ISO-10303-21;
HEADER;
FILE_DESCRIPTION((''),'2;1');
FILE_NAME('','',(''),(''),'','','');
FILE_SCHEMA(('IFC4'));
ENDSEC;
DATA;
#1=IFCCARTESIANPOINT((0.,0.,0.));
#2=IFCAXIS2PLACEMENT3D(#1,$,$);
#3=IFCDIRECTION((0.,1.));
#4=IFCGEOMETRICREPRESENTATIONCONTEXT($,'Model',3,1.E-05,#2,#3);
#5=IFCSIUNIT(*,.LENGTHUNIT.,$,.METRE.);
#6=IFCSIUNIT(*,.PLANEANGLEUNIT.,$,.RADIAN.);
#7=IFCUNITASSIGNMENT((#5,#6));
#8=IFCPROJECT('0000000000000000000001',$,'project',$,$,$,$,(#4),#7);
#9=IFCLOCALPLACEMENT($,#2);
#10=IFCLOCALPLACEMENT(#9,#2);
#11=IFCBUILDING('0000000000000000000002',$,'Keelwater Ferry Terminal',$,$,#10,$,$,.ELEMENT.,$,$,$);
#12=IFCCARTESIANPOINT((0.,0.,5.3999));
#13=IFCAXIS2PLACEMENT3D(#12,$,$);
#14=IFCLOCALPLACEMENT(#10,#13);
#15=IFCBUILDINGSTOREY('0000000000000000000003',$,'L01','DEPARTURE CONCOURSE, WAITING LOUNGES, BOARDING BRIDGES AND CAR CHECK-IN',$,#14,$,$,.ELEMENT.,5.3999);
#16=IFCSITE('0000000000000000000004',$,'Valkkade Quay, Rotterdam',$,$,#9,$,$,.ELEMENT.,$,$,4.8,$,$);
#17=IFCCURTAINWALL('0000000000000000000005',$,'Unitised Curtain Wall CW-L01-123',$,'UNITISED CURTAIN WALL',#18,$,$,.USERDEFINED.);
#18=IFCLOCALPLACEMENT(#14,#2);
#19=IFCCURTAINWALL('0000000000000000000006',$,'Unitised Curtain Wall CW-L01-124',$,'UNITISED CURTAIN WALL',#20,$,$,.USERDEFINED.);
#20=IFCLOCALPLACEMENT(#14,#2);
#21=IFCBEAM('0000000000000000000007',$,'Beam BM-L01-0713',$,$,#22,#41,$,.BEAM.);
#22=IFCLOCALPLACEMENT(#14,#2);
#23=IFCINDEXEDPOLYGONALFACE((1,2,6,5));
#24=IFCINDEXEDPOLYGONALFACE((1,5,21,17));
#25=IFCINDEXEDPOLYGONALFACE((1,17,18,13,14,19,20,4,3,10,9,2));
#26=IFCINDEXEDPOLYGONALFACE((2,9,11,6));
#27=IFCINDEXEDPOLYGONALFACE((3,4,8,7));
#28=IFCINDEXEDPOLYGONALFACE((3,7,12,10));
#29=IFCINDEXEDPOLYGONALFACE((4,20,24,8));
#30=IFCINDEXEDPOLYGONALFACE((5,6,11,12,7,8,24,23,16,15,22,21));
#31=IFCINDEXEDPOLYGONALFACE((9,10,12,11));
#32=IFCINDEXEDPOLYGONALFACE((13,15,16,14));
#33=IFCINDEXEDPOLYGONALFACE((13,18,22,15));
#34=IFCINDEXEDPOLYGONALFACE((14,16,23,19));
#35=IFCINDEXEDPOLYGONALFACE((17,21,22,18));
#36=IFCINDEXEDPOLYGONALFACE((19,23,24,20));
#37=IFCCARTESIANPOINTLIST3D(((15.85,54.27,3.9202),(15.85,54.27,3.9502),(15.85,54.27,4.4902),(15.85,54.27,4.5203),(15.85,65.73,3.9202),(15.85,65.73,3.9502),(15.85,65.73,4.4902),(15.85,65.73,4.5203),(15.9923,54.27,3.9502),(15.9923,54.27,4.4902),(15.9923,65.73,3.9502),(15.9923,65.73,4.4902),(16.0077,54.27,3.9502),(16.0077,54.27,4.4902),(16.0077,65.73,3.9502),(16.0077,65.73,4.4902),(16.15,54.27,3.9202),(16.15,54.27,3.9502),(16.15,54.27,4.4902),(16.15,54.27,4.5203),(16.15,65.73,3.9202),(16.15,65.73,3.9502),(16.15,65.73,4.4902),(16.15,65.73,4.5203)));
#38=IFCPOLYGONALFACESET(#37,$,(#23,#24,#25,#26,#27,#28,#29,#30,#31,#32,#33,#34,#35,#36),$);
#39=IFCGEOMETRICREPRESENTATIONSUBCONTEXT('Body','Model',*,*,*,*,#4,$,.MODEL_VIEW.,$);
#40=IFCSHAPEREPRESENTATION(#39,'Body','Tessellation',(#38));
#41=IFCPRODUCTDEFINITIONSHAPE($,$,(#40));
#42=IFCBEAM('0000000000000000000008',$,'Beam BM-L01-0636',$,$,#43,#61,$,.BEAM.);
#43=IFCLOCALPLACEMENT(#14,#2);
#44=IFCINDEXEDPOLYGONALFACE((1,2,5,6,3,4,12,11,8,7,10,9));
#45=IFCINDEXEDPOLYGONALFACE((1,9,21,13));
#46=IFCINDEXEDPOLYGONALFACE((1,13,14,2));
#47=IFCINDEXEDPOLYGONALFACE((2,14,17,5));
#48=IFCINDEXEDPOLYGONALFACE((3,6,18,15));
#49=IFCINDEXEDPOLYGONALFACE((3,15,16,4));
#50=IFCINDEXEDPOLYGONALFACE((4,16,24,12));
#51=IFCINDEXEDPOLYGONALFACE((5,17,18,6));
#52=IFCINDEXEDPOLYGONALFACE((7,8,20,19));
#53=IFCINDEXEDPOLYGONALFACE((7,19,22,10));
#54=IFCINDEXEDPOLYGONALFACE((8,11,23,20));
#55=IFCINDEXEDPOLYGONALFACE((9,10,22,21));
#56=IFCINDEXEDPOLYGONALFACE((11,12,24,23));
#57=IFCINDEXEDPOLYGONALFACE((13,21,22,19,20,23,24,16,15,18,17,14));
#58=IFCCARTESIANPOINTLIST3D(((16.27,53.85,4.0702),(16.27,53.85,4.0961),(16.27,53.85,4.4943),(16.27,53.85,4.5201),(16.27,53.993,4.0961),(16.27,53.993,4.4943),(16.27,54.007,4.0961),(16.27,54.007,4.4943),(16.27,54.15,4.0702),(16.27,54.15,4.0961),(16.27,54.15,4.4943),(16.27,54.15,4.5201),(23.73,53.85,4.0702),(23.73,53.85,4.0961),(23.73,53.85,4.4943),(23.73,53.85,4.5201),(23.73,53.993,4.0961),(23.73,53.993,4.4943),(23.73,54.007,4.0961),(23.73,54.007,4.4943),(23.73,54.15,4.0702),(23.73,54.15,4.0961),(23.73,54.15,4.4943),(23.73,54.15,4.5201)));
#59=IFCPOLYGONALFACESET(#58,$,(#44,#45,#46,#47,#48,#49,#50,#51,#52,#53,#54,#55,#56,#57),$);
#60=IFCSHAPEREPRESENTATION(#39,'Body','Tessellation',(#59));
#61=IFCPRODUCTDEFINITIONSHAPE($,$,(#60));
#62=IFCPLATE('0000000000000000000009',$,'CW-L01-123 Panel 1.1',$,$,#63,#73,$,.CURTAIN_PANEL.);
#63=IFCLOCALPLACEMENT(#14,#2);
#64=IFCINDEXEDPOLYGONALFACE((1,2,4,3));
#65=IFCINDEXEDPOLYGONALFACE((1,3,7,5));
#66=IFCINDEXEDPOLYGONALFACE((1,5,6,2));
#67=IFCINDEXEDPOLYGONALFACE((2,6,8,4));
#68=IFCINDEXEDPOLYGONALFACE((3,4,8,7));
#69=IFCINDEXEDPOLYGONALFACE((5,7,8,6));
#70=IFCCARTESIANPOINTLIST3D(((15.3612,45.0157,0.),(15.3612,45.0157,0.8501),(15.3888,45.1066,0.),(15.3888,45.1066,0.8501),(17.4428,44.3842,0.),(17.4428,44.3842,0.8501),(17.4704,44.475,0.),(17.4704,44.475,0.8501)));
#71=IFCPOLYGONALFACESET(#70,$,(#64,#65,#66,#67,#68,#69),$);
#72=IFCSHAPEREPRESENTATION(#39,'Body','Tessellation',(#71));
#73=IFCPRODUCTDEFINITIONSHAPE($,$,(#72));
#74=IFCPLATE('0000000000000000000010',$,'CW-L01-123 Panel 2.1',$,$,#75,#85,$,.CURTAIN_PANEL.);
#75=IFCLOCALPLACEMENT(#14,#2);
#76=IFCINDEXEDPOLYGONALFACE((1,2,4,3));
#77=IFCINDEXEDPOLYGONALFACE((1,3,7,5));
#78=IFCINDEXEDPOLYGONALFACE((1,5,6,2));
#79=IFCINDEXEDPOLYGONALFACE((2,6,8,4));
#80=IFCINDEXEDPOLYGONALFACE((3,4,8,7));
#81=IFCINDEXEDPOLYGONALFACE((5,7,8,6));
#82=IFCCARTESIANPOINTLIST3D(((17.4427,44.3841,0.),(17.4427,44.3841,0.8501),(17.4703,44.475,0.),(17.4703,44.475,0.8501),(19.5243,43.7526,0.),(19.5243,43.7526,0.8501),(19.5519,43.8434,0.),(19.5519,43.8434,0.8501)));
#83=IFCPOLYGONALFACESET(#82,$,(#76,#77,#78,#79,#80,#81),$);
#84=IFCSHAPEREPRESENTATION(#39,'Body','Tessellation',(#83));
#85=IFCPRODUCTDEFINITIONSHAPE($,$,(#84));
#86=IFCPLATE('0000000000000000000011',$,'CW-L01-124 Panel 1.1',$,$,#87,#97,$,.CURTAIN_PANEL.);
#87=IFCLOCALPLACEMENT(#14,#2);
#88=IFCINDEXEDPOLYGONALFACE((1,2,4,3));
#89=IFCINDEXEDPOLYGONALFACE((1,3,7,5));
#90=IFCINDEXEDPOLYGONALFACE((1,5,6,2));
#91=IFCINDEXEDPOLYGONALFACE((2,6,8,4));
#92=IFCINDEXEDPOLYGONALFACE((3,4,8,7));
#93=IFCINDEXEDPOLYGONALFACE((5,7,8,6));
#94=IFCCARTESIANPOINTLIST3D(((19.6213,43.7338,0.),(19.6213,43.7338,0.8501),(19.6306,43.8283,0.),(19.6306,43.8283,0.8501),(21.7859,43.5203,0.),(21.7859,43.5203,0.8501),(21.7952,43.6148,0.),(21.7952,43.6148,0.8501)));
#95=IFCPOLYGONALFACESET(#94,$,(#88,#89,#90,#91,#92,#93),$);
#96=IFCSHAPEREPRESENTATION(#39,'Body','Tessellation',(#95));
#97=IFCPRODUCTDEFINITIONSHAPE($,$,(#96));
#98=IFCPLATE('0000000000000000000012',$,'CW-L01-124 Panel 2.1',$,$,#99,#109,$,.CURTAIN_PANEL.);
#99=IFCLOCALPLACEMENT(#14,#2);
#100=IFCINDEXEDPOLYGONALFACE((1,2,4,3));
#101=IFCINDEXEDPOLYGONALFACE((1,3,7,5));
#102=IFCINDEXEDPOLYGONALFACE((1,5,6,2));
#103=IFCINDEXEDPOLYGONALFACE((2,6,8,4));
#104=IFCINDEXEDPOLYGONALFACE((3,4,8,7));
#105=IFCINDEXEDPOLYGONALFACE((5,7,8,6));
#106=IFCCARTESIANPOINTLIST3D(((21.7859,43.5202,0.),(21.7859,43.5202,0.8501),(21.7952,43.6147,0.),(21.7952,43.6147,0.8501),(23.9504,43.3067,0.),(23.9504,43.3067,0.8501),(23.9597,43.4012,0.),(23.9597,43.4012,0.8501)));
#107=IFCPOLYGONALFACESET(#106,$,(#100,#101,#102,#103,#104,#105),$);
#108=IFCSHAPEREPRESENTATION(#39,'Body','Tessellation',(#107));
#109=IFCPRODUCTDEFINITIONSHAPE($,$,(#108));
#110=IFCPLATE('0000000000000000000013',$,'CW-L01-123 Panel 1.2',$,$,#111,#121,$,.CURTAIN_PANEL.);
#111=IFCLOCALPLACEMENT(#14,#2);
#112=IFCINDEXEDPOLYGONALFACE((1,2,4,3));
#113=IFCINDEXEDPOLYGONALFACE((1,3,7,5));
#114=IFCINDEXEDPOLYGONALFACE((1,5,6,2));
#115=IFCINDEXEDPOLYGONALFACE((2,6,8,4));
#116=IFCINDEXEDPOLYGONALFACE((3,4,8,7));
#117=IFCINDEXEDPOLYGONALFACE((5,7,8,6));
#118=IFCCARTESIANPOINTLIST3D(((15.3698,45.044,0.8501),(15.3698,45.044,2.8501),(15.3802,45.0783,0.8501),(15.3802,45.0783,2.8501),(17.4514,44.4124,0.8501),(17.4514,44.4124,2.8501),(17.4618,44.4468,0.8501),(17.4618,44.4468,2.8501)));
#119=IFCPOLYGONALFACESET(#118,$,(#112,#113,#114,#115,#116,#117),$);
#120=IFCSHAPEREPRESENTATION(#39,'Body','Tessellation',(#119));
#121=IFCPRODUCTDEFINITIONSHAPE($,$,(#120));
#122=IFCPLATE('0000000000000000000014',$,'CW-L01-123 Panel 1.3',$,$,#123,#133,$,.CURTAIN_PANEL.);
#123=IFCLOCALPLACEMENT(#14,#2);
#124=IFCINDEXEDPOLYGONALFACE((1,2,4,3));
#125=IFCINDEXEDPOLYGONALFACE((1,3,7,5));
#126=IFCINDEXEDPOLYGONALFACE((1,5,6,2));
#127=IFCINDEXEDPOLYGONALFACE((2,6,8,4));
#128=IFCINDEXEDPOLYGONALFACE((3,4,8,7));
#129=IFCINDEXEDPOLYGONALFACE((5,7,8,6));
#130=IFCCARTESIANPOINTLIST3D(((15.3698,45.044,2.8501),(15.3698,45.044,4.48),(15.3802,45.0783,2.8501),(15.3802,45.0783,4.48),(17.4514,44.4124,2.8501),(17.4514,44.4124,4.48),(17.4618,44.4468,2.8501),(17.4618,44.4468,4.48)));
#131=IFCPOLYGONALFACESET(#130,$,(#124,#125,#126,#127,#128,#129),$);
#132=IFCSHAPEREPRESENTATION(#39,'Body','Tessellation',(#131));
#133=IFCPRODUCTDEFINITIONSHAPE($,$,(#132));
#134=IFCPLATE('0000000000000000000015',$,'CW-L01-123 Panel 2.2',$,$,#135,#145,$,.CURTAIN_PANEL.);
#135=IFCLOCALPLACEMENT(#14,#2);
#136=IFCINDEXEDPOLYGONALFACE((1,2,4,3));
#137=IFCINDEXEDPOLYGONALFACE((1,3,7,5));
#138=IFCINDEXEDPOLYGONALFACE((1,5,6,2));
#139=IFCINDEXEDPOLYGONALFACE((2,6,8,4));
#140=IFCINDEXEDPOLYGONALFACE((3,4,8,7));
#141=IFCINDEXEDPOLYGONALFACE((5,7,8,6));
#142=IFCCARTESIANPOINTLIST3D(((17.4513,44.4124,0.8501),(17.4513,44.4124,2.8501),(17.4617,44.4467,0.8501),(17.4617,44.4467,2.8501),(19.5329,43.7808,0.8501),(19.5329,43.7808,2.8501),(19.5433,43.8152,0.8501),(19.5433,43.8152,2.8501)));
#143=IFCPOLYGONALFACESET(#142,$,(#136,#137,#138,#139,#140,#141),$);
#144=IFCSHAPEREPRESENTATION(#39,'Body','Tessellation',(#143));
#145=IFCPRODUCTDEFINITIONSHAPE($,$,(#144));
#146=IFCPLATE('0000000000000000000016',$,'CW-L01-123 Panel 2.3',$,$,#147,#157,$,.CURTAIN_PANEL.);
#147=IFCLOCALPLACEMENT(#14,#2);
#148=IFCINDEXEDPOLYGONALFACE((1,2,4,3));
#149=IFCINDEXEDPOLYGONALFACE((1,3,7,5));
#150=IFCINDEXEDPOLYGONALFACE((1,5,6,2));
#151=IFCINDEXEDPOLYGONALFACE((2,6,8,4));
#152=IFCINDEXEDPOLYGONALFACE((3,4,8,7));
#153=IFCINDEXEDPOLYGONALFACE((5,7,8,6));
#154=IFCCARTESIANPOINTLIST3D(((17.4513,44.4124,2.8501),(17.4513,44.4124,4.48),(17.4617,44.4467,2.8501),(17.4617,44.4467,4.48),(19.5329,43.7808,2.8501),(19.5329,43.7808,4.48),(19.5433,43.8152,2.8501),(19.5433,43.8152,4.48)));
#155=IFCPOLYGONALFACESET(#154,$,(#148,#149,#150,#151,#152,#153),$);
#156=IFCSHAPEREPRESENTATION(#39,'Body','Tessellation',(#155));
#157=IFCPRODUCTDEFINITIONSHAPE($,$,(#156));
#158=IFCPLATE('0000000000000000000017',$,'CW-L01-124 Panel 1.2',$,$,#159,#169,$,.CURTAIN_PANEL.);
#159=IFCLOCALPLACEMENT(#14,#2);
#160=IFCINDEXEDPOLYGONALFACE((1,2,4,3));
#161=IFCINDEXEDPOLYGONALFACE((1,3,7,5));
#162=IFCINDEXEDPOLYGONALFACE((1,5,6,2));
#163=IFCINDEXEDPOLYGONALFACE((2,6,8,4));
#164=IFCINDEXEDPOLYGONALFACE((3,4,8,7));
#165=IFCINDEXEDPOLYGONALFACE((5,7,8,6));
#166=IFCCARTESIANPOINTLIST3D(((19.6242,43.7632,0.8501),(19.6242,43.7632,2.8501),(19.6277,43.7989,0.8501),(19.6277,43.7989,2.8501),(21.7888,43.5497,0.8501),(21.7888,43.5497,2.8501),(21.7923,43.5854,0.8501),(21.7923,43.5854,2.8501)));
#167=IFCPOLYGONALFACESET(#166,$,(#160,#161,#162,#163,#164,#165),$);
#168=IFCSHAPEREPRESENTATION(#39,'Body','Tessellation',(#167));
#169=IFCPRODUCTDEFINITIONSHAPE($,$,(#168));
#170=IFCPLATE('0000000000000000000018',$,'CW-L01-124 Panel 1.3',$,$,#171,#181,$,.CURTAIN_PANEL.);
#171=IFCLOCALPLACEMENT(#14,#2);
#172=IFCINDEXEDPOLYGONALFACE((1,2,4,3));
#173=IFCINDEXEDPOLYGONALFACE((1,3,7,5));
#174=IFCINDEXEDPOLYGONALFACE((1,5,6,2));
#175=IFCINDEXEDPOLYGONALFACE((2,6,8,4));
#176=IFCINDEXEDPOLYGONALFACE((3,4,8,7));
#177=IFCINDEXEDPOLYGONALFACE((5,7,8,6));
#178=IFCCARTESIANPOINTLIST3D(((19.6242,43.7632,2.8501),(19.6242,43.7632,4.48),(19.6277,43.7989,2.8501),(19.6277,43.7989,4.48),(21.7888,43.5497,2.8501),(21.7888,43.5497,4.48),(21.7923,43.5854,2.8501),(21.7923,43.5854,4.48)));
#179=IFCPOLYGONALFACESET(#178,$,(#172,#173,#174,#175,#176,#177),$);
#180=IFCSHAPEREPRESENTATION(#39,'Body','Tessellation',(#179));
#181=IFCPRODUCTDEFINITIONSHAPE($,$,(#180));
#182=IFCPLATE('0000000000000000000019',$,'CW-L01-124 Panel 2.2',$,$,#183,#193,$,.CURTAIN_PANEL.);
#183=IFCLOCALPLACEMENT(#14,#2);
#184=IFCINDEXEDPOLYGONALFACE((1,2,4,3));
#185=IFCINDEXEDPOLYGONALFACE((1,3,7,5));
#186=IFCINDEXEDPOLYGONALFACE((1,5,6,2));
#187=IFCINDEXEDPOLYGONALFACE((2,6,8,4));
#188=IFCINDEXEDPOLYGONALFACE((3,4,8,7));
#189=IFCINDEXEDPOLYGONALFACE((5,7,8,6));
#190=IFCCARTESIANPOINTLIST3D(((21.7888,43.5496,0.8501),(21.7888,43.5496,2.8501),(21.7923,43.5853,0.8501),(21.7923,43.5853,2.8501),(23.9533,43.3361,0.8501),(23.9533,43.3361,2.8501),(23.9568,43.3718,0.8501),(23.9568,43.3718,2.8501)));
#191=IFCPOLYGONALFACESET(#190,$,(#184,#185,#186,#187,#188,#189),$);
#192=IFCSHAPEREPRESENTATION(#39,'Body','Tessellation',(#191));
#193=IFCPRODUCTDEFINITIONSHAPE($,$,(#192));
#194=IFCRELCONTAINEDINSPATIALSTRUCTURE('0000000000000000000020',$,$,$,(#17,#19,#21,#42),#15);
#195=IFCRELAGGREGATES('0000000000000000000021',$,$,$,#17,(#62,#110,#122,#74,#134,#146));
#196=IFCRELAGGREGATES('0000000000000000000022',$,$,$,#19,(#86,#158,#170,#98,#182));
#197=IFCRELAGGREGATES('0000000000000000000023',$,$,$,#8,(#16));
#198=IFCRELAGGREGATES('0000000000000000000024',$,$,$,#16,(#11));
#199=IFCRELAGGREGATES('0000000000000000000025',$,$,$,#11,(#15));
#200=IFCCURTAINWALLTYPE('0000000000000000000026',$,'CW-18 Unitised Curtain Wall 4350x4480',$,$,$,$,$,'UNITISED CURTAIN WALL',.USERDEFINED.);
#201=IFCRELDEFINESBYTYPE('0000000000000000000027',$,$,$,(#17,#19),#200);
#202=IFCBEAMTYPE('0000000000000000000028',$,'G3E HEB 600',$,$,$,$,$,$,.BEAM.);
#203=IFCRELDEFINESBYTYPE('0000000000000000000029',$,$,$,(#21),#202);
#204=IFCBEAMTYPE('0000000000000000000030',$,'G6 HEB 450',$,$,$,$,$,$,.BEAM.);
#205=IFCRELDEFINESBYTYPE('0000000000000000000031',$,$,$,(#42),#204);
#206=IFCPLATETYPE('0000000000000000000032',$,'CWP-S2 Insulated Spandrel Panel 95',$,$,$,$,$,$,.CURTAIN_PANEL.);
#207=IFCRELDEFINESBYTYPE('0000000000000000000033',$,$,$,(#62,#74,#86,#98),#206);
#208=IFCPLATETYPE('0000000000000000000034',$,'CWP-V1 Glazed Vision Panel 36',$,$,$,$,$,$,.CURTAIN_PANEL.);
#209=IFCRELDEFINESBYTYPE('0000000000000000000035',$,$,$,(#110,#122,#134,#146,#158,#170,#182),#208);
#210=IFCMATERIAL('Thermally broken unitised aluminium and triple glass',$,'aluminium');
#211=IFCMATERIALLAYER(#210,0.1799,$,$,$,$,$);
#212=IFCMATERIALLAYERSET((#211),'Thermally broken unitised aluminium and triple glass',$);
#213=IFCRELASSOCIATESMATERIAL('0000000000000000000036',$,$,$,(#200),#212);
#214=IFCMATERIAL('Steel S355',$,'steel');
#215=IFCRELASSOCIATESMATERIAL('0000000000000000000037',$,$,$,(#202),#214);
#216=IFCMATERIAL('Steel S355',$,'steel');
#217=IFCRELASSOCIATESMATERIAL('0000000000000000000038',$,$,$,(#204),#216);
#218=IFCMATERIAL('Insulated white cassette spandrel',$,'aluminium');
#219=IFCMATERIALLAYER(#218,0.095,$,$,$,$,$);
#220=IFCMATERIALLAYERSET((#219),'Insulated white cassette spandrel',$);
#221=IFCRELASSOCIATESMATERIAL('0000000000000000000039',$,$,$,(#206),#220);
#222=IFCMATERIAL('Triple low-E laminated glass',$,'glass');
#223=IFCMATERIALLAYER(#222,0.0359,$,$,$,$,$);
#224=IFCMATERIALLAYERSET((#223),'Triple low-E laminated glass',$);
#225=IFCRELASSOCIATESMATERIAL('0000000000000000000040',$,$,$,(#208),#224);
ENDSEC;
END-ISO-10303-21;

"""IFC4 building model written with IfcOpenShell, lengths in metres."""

from ifc_helpers import new_model, si_unit, direction, frame, origin, origin_2d, place, context, subcontext, project, spatial, rectangle, i_section, extrude, material, layer, layer_set, material_profile, profile_set, type_object, element, aggregate, save


model = new_model("IFC4")

# Units and contexts
model_context = context("Model", 3, precision=1e-05, world=origin(), true_north=direction((0.0, 1.0)))
body_context = subcontext(model_context, "Body", "Model", "MODEL_VIEW")
ifc_project = project(units=[si_unit("LENGTHUNIT", "METRE"), si_unit("PLANEANGLEUNIT", "RADIAN")], contexts=[model_context])

# Site, building, storey
site_placement = place(None, origin())
site = spatial("IfcSite", under=ifc_project, at=site_placement, Name="Valkkade Quay, Rotterdam", CompositionType="ELEMENT", RefElevation=4.8)
building_placement = place(site_placement, origin())
building = spatial("IfcBuilding", under=site, at=building_placement, Name="Keelwater Ferry Terminal", CompositionType="ELEMENT")
storey_placement = place(building_placement, frame((0.0, 0.0, 5.3999)))
storey = spatial("IfcBuildingStorey", under=building, at=storey_placement, Name="L01", Description="DEPARTURE CONCOURSE, WAITING LOUNGES, BOARDING BRIDGES AND CAR CHECK-IN", CompositionType="ELEMENT", Elevation=5.3999)

# Curtain walls
ifc_material_1 = material(Name="Thermally broken unitised aluminium and triple glass", Category="aluminium")
ifc_layer_1 = layer(ifc_material_1, 0.1799)
ifc_layer_set_1 = layer_set([ifc_layer_1], Name="Thermally broken unitised aluminium and triple glass")
curtain_wall_type = type_object("IfcCurtainWallType", Name="CW-18 Unitised Curtain Wall 4350x4480", ElementType="UNITISED CURTAIN WALL", PredefinedType="USERDEFINED", material=ifc_layer_set_1)
curtain_wall_1_placement = place(storey_placement, origin())
curtain_wall_1 = element("IfcCurtainWall", 1, at=curtain_wall_1_placement, inside=storey, type_object=curtain_wall_type, Name="Unitised Curtain Wall CW-L01-123", ObjectType="UNITISED CURTAIN WALL", PredefinedType="USERDEFINED")
curtain_wall_2_placement = place(storey_placement, origin())
curtain_wall_2 = element("IfcCurtainWall", 2, at=curtain_wall_2_placement, inside=storey, type_object=curtain_wall_type, Name="Unitised Curtain Wall CW-L01-124", ObjectType="UNITISED CURTAIN WALL", PredefinedType="USERDEFINED")

# Beams
ifc_material_2 = material(Name="Steel S355", Category="steel")
ifc_material_profile_1 = material_profile(ifc_material_2, i_section(OverallWidth=0.3, OverallDepth=0.6001, WebThickness=0.0154, FlangeThickness=0.03, at=origin_2d()), Name="HEB 600")
ifc_profile_set_1 = profile_set([ifc_material_profile_1], Name="Steel S355")
beam_type_1 = type_object("IfcBeamType", Name="G3E HEB 600", PredefinedType="BEAM", material=ifc_profile_set_1)
beam_1_placement = place(storey_placement, frame((16.0, 54.27, 4.2202), z_axis=(0.0, 1.0, 0.0), x_axis=(-1.0, 0.0, 0.0)))
element("IfcBeam", 3, at=beam_1_placement, inside=storey, type_object=beam_type_1, Name="Beam BM-L01-0713", PredefinedType="BEAM", context=body_context, shape_type="SweptSolid", body=[
    extrude(i_section(OverallWidth=0.3, OverallDepth=0.6001, WebThickness=0.0154, FlangeThickness=0.03, at=origin_2d()), origin(), (0.0, 0.0, 1.0), 11.46),
])
ifc_material_3 = material(Name="Steel S355", Category="steel")
ifc_material_profile_2 = material_profile(ifc_material_3, i_section(OverallWidth=0.3, OverallDepth=0.45, WebThickness=0.0139, FlangeThickness=0.0259, at=origin_2d()), Name="HEB 450")
ifc_profile_set_2 = profile_set([ifc_material_profile_2], Name="Steel S355")
beam_type_2 = type_object("IfcBeamType", Name="G6 HEB 450", PredefinedType="BEAM", material=ifc_profile_set_2)
beam_2_placement = place(storey_placement, frame((16.27, 54.0, 4.2952), z_axis=(1.0, 0.0, 0.0), x_axis=(0.0, 1.0, 0.0)))
element("IfcBeam", 4, at=beam_2_placement, inside=storey, type_object=beam_type_2, Name="Beam BM-L01-0636", PredefinedType="BEAM", context=body_context, shape_type="SweptSolid", body=[
    extrude(i_section(OverallWidth=0.3, OverallDepth=0.45, WebThickness=0.0139, FlangeThickness=0.0259, at=origin_2d()), origin(), (0.0, 0.0, 1.0), 7.46),
])

# Plates
ifc_material_4 = material(Name="Insulated white cassette spandrel", Category="aluminium")
ifc_layer_2 = layer(ifc_material_4, 0.095)
ifc_layer_set_2 = layer_set([ifc_layer_2], Name="Insulated white cassette spandrel")
plate_type_1 = type_object("IfcPlateType", Name="CWP-S2 Insulated Spandrel Panel 95", PredefinedType="CURTAIN_PANEL", material=ifc_layer_set_2)
plate_1_placement = place(storey_placement, frame((16.4158, 44.7454, 0.0), z_axis=(0.0, 0.0, 1.0), x_axis=(0.95693, -0.29032, 0.0)))
plate_1 = element("IfcPlate", 5, at=plate_1_placement, type_object=plate_type_1, Name="CW-L01-123 Panel 1.1", PredefinedType="CURTAIN_PANEL", context=body_context, shape_type="SweptSolid", body=[
    extrude(rectangle(XDim=2.1753, YDim=0.095, at=origin_2d()), origin(), (0.0, 0.0, 1.0), 0.8501),
])
plate_2_placement = place(storey_placement, frame((18.4973, 44.1138, 0.0), z_axis=(0.0, 0.0, 1.0), x_axis=(0.95693, -0.29032, 0.0)))
plate_2 = element("IfcPlate", 6, at=plate_2_placement, type_object=plate_type_1, Name="CW-L01-123 Panel 2.1", PredefinedType="CURTAIN_PANEL", context=body_context, shape_type="SweptSolid", body=[
    extrude(rectangle(XDim=2.1753, YDim=0.095, at=origin_2d()), origin(), (0.0, 0.0, 1.0), 0.8501),
])
plate_3_placement = place(storey_placement, frame((20.7083, 43.6743, 0.0), z_axis=(0.0, 0.0, 1.0), x_axis=(0.995171, -0.098161, 0.0)))
plate_3 = element("IfcPlate", 7, at=plate_3_placement, type_object=plate_type_1, Name="CW-L01-124 Panel 1.1", PredefinedType="CURTAIN_PANEL", context=body_context, shape_type="SweptSolid", body=[
    extrude(rectangle(XDim=2.175, YDim=0.095, at=origin_2d()), origin(), (0.0, 0.0, 1.0), 0.8501),
])
plate_4_placement = place(storey_placement, frame((22.8728, 43.4607, 0.0), z_axis=(0.0, 0.0, 1.0), x_axis=(0.995171, -0.098161, 0.0)))
plate_4 = element("IfcPlate", 8, at=plate_4_placement, type_object=plate_type_1, Name="CW-L01-124 Panel 2.1", PredefinedType="CURTAIN_PANEL", context=body_context, shape_type="SweptSolid", body=[
    extrude(rectangle(XDim=2.175, YDim=0.095, at=origin_2d()), origin(), (0.0, 0.0, 1.0), 0.8501),
])
ifc_material_5 = material(Name="Triple low-E laminated glass", Category="glass")
ifc_layer_3 = layer(ifc_material_5, 0.0359)
ifc_layer_set_3 = layer_set([ifc_layer_3], Name="Triple low-E laminated glass")
plate_type_2 = type_object("IfcPlateType", Name="CWP-V1 Glazed Vision Panel 36", PredefinedType="CURTAIN_PANEL", material=ifc_layer_set_3)
plate_5_placement = place(storey_placement, frame((16.4158, 44.7454, 0.8501), z_axis=(0.0, 0.0, 1.0), x_axis=(0.95693, -0.29032, 0.0)))
plate_5 = element("IfcPlate", 9, at=plate_5_placement, type_object=plate_type_2, Name="CW-L01-123 Panel 1.2", PredefinedType="CURTAIN_PANEL", context=body_context, shape_type="SweptSolid", body=[
    extrude(rectangle(XDim=2.1753, YDim=0.0359, at=origin_2d()), origin(), (0.0, 0.0, 1.0), 2.0),
])
plate_6_placement = place(storey_placement, frame((16.4158, 44.7454, 2.8501), z_axis=(0.0, 0.0, 1.0), x_axis=(0.95693, -0.29032, 0.0)))
plate_6 = element("IfcPlate", 10, at=plate_6_placement, type_object=plate_type_2, Name="CW-L01-123 Panel 1.3", PredefinedType="CURTAIN_PANEL", context=body_context, shape_type="SweptSolid", body=[
    extrude(rectangle(XDim=2.1753, YDim=0.0359, at=origin_2d()), origin(), (0.0, 0.0, 1.0), 1.6299),
])
plate_7_placement = place(storey_placement, frame((18.4973, 44.1138, 0.8501), z_axis=(0.0, 0.0, 1.0), x_axis=(0.95693, -0.29032, 0.0)))
plate_7 = element("IfcPlate", 11, at=plate_7_placement, type_object=plate_type_2, Name="CW-L01-123 Panel 2.2", PredefinedType="CURTAIN_PANEL", context=body_context, shape_type="SweptSolid", body=[
    extrude(rectangle(XDim=2.1753, YDim=0.0359, at=origin_2d()), origin(), (0.0, 0.0, 1.0), 2.0),
])
plate_8_placement = place(storey_placement, frame((18.4973, 44.1138, 2.8501), z_axis=(0.0, 0.0, 1.0), x_axis=(0.95693, -0.29032, 0.0)))
plate_8 = element("IfcPlate", 12, at=plate_8_placement, type_object=plate_type_2, Name="CW-L01-123 Panel 2.3", PredefinedType="CURTAIN_PANEL", context=body_context, shape_type="SweptSolid", body=[
    extrude(rectangle(XDim=2.1753, YDim=0.0359, at=origin_2d()), origin(), (0.0, 0.0, 1.0), 1.6299),
])
aggregate(curtain_wall_1, [plate_1, plate_5, plate_6, plate_2, plate_7, plate_8])
plate_9_placement = place(storey_placement, frame((20.7083, 43.6743, 0.8501), z_axis=(0.0, 0.0, 1.0), x_axis=(0.995171, -0.098161, 0.0)))
plate_9 = element("IfcPlate", 13, at=plate_9_placement, type_object=plate_type_2, Name="CW-L01-124 Panel 1.2", PredefinedType="CURTAIN_PANEL", context=body_context, shape_type="SweptSolid", body=[
    extrude(rectangle(XDim=2.175, YDim=0.0359, at=origin_2d()), origin(), (0.0, 0.0, 1.0), 2.0),
])
plate_10_placement = place(storey_placement, frame((20.7083, 43.6743, 2.8501), z_axis=(0.0, 0.0, 1.0), x_axis=(0.995171, -0.098161, 0.0)))
plate_10 = element("IfcPlate", 14, at=plate_10_placement, type_object=plate_type_2, Name="CW-L01-124 Panel 1.3", PredefinedType="CURTAIN_PANEL", context=body_context, shape_type="SweptSolid", body=[
    extrude(rectangle(XDim=2.175, YDim=0.0359, at=origin_2d()), origin(), (0.0, 0.0, 1.0), 1.6299),
])
plate_11_placement = place(storey_placement, frame((22.8728, 43.4607, 0.8501), z_axis=(0.0, 0.0, 1.0), x_axis=(0.995171, -0.098161, 0.0)))
plate_11 = element("IfcPlate", 15, at=plate_11_placement, type_object=plate_type_2, Name="CW-L01-124 Panel 2.2", PredefinedType="CURTAIN_PANEL", context=body_context, shape_type="SweptSolid", body=[
    extrude(rectangle(XDim=2.175, YDim=0.0359, at=origin_2d()), origin(), (0.0, 0.0, 1.0), 2.0),
])
aggregate(curtain_wall_2, [plate_3, plate_9, plate_10, plate_4, plate_11])

save(model, "model.ifc")
